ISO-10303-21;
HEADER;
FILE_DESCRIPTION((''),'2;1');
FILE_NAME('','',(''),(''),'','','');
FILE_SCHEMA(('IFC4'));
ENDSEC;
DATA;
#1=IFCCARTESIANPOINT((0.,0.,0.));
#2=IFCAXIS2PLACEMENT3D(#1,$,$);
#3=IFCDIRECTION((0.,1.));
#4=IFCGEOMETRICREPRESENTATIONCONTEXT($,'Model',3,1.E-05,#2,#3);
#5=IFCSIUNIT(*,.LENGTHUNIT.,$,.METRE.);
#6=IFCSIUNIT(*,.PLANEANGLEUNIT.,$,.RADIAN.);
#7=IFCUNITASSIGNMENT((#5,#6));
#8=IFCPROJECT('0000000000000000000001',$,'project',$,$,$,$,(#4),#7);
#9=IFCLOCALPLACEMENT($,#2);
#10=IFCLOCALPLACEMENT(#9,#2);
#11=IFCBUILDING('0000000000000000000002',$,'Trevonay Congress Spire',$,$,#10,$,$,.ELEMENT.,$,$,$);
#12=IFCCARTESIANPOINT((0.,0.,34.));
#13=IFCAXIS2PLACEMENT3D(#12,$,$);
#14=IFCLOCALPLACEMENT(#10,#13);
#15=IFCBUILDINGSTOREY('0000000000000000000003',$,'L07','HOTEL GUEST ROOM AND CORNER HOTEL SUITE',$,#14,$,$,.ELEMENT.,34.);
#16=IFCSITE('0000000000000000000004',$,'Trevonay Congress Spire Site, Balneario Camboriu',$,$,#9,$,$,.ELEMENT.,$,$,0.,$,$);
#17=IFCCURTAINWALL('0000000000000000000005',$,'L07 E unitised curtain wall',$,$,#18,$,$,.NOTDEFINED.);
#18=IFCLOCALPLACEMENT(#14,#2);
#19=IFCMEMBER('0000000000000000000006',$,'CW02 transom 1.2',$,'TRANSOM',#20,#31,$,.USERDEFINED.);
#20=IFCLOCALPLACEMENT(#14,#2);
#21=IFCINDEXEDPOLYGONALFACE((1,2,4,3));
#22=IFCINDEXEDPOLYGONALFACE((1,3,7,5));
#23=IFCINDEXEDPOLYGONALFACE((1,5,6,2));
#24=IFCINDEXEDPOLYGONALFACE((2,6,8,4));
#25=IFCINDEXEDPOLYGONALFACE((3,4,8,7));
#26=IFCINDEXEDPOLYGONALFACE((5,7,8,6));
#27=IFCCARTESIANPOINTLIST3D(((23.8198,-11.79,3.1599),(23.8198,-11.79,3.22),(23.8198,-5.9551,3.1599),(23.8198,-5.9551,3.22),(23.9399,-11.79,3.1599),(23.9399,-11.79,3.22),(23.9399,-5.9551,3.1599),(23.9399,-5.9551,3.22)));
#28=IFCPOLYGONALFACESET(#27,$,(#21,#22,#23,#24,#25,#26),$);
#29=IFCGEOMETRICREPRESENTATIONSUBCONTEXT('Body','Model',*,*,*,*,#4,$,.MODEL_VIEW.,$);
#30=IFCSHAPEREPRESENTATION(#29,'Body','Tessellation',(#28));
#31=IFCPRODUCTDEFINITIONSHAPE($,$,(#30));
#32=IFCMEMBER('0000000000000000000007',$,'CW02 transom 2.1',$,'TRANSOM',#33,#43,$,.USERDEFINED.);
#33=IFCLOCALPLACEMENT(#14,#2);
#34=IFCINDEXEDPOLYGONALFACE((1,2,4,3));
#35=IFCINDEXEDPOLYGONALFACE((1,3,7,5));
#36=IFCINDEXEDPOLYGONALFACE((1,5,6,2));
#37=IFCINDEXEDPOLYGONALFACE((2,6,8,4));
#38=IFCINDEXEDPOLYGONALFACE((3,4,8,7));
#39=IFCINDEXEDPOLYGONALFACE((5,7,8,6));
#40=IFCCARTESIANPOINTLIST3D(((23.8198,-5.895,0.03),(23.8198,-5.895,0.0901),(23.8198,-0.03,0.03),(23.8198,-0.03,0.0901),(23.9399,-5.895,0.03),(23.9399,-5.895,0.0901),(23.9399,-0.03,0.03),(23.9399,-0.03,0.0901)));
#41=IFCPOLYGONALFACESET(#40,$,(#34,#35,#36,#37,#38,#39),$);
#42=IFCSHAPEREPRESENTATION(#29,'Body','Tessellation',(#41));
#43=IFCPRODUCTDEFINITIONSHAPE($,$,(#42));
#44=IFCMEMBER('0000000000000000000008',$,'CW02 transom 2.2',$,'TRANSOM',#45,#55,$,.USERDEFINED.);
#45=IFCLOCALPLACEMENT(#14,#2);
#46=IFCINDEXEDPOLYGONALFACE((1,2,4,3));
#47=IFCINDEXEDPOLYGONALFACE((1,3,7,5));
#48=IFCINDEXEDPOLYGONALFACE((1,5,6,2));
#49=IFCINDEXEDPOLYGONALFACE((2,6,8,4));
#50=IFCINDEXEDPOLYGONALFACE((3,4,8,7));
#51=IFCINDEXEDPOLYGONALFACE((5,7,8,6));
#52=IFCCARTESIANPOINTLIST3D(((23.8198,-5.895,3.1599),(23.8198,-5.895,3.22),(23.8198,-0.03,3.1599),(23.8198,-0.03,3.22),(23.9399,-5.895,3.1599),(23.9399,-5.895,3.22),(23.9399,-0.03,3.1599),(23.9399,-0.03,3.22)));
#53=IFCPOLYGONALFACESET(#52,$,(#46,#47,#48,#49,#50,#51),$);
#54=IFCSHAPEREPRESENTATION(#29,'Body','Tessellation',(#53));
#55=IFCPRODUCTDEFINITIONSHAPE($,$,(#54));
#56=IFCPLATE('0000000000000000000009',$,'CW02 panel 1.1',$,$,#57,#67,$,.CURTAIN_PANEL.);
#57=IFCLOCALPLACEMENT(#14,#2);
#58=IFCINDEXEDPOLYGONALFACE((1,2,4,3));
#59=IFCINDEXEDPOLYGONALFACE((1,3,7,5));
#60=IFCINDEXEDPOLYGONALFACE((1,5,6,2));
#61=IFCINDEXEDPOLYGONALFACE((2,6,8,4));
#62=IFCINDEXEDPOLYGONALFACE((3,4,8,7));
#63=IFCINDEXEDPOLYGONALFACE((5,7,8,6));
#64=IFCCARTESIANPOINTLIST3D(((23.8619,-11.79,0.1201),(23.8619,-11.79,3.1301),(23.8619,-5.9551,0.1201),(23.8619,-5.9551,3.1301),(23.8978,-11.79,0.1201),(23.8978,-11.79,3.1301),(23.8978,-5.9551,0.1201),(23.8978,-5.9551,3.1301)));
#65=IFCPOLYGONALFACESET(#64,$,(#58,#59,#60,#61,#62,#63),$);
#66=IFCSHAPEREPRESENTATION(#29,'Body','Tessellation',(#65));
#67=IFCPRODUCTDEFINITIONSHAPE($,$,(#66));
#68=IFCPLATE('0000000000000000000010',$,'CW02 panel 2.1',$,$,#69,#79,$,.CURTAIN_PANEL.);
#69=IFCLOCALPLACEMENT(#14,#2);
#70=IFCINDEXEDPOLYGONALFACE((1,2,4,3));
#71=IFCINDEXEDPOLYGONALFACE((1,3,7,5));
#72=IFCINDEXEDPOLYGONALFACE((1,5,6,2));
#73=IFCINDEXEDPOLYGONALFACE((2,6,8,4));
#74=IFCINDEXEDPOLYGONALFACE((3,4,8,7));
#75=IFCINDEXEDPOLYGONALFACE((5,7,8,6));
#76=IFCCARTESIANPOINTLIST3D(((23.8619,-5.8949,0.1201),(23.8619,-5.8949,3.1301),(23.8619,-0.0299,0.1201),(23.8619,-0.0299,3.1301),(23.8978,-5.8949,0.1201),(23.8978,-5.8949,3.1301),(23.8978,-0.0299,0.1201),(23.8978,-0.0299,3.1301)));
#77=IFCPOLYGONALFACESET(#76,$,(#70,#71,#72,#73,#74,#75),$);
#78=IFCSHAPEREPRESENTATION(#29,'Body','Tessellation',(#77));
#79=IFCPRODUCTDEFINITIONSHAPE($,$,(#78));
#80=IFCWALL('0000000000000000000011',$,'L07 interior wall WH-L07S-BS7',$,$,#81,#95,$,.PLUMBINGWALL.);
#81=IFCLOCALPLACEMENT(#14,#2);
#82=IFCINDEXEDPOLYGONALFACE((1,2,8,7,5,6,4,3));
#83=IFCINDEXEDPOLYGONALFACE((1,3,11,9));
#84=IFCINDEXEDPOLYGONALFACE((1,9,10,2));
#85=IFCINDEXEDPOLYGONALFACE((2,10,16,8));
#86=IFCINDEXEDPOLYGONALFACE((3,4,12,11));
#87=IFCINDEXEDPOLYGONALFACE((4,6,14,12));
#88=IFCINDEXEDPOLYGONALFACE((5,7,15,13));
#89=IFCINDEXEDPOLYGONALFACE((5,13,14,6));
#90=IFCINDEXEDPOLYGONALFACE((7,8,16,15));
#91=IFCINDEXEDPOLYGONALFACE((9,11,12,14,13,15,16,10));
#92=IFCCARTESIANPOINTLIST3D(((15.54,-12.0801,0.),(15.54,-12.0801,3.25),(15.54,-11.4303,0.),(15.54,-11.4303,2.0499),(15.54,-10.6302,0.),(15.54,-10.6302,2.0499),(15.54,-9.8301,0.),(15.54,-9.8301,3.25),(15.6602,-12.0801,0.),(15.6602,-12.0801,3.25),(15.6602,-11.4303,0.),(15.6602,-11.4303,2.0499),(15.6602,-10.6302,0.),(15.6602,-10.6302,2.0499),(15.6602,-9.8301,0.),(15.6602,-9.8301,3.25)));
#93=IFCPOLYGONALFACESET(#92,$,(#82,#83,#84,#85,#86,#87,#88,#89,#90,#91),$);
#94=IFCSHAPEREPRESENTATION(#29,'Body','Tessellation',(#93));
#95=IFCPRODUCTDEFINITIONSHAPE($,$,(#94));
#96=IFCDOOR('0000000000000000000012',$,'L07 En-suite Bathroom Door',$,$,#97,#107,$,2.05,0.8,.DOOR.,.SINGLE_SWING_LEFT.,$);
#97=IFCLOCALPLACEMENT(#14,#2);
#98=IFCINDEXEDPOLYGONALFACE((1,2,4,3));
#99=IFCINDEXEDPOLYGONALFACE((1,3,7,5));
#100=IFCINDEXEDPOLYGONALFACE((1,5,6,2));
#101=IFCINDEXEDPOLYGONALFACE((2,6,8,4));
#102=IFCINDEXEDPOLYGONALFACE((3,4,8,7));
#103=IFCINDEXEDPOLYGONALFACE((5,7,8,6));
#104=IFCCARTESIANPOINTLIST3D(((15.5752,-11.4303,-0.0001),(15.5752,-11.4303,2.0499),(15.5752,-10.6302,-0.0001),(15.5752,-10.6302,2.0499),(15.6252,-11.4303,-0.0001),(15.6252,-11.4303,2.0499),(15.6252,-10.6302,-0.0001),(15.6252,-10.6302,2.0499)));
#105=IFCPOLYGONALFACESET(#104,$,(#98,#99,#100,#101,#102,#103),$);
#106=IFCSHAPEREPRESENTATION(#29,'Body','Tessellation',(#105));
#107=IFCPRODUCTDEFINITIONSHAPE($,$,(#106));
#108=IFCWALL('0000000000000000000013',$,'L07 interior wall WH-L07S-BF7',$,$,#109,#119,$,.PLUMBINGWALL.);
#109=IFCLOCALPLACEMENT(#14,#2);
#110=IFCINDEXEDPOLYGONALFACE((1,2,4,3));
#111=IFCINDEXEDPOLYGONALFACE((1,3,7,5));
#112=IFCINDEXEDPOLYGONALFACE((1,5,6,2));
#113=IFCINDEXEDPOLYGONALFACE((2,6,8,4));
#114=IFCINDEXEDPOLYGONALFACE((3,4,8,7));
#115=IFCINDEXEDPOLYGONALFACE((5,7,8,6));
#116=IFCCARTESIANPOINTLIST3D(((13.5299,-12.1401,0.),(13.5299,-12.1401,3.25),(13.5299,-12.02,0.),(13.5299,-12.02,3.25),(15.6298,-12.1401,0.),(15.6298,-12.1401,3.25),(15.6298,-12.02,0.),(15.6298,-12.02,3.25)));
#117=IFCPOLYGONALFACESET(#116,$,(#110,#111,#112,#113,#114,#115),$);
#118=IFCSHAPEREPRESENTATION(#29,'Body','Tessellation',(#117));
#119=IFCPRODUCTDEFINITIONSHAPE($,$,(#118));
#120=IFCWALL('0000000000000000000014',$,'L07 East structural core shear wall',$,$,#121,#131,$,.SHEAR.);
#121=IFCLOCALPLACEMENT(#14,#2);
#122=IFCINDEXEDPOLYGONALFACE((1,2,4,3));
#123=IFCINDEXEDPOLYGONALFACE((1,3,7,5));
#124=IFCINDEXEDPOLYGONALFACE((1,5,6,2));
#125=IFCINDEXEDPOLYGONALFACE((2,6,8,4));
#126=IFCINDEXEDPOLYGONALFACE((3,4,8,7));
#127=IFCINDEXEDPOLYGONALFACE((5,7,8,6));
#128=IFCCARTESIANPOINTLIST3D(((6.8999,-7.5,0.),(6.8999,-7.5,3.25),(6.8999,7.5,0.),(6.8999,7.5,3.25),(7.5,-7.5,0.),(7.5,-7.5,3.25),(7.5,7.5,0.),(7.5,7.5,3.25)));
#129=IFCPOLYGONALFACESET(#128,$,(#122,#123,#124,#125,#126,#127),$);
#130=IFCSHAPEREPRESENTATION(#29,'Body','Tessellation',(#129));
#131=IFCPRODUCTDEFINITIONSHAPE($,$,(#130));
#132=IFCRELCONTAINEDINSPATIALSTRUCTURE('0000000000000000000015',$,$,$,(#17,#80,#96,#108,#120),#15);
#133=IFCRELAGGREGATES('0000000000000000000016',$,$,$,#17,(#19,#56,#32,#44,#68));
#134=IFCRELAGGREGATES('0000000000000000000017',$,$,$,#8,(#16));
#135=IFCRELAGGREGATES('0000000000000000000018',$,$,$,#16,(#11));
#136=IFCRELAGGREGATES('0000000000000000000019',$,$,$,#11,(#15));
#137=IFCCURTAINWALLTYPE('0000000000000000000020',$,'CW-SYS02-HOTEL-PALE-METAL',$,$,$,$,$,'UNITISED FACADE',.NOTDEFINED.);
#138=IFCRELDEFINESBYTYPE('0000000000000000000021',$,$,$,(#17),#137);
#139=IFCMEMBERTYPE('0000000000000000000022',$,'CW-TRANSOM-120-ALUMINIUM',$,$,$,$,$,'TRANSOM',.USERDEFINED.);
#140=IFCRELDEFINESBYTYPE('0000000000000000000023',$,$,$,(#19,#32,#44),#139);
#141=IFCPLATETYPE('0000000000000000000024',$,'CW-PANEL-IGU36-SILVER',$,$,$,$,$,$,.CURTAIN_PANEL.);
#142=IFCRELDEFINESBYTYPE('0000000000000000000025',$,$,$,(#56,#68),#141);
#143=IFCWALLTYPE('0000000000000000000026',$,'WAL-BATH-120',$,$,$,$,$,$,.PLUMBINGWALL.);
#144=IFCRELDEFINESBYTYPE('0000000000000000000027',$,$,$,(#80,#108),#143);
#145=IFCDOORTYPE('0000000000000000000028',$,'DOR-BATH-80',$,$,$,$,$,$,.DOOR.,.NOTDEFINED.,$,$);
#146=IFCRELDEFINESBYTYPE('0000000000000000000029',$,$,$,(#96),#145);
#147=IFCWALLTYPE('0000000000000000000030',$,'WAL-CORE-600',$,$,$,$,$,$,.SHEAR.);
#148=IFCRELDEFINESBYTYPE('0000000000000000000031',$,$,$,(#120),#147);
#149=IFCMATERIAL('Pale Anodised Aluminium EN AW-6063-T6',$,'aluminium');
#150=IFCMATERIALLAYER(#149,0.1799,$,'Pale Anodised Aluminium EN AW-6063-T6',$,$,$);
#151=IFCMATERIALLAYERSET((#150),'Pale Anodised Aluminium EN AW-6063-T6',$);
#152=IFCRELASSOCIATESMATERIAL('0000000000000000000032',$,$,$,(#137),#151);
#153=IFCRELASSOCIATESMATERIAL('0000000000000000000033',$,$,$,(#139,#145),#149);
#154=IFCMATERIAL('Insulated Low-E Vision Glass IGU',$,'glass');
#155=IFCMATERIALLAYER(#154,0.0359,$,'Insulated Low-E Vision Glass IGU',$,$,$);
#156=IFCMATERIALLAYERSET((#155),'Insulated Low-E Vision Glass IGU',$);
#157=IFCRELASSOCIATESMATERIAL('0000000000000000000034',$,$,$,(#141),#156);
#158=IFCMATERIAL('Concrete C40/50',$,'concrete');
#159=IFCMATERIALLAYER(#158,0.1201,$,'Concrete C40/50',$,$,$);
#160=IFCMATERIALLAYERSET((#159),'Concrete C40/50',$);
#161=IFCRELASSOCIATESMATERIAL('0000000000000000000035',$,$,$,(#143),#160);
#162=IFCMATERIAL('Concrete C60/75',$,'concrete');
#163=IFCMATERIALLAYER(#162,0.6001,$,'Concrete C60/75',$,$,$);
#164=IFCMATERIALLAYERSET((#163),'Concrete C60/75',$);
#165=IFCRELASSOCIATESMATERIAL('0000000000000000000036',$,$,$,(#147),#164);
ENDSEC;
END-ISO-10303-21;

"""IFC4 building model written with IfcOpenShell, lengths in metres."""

from ifc_helpers import new_model, si_unit, direction, frame, frame_2d, origin, origin_2d, place, context, subcontext, project, spatial, rectangle, extrude, material, layer, layer_set, material_profile, profile_set, type_object, element, fill, aggregate, save


model = new_model("IFC4")

# Units and contexts
model_context = context("Model", 3, precision=1e-05, world=origin(), true_north=direction((0.0, 1.0)))
body_context = subcontext(model_context, "Body", "Model", "MODEL_VIEW")
ifc_project = project(units=[si_unit("LENGTHUNIT", "METRE"), si_unit("PLANEANGLEUNIT", "RADIAN")], contexts=[model_context])

# Site, building, storey
site_placement = place(None, origin())
site = spatial("IfcSite", under=ifc_project, at=site_placement, Name="Trevonay Congress Spire Site, Balneario Camboriu", CompositionType="ELEMENT", RefElevation=0.0)
building_placement = place(site_placement, origin())
building = spatial("IfcBuilding", under=site, at=building_placement, Name="Trevonay Congress Spire", CompositionType="ELEMENT")
storey_placement = place(building_placement, frame((0.0, 0.0, 34.0)))
storey = spatial("IfcBuildingStorey", under=building, at=storey_placement, Name="L07", Description="HOTEL GUEST ROOM AND CORNER HOTEL SUITE", CompositionType="ELEMENT", Elevation=34.0)

# Curtain wall, members, plates
ifc_material_1 = material(Name="Pale Anodised Aluminium EN AW-6063-T6", Category="aluminium")
ifc_layer_1 = layer(ifc_material_1, 0.1799, Name="Pale Anodised Aluminium EN AW-6063-T6")
ifc_layer_set_1 = layer_set([ifc_layer_1], Name="Pale Anodised Aluminium EN AW-6063-T6")
curtain_wall_type = type_object("IfcCurtainWallType", Name="CW-SYS02-HOTEL-PALE-METAL", ElementType="UNITISED FACADE", PredefinedType="NOTDEFINED", material=ifc_layer_set_1)
curtain_wall_placement = place(storey_placement, origin())
curtain_wall = element("IfcCurtainWall", 1, at=curtain_wall_placement, inside=storey, type_object=curtain_wall_type, Name="L07 E unitised curtain wall", PredefinedType="NOTDEFINED")
ifc_material_profile_1 = material_profile(ifc_material_1, rectangle(XDim=0.1201, YDim=0.0601, at=origin_2d()), Name="CW-TRANSOM-120-ALUMINIUM")
ifc_profile_set_1 = profile_set([ifc_material_profile_1], Name="Pale Anodised Aluminium EN AW-6063-T6")
member_type_1 = type_object("IfcMemberType", Name="CW-TRANSOM-120-ALUMINIUM", ElementType="TRANSOM", PredefinedType="USERDEFINED", material=ifc_profile_set_1)
member_1_placement = place(storey_placement, frame((23.8799, -11.79, 3.1899), z_axis=(0.0, 1.0, 0.0), x_axis=(-1.0, 0.0, 0.0)))
member_1 = element("IfcMember", 2, at=member_1_placement, type_object=member_type_1, Name="CW02 transom 1.2", ObjectType="TRANSOM", PredefinedType="USERDEFINED", context=body_context, shape_type="SweptSolid", body=[
    extrude(rectangle(XDim=0.1201, YDim=0.0601, at=origin_2d()), origin(), (0.0, 0.0, 1.0), 5.835),
])
member_2_placement = place(storey_placement, frame((23.8799, -5.895, 0.0601), z_axis=(0.0, 1.0, 0.0), x_axis=(-1.0, 0.0, 0.0)))
member_2 = element("IfcMember", 3, at=member_2_placement, type_object=member_type_1, Name="CW02 transom 2.1", ObjectType="TRANSOM", PredefinedType="USERDEFINED", context=body_context, shape_type="SweptSolid", body=[
    extrude(rectangle(XDim=0.1201, YDim=0.0601, at=origin_2d()), origin(), (0.0, 0.0, 1.0), 5.865),
])
member_3_placement = place(storey_placement, frame((23.8799, -5.895, 3.1899), z_axis=(0.0, 1.0, 0.0), x_axis=(-1.0, 0.0, 0.0)))
member_3 = element("IfcMember", 4, at=member_3_placement, type_object=member_type_1, Name="CW02 transom 2.2", ObjectType="TRANSOM", PredefinedType="USERDEFINED", context=body_context, shape_type="SweptSolid", body=[
    extrude(rectangle(XDim=0.1201, YDim=0.0601, at=origin_2d()), origin(), (0.0, 0.0, 1.0), 5.865),
])
ifc_material_2 = material(Name="Insulated Low-E Vision Glass IGU", Category="glass")
ifc_layer_2 = layer(ifc_material_2, 0.0359, Name="Insulated Low-E Vision Glass IGU")
ifc_layer_set_2 = layer_set([ifc_layer_2], Name="Insulated Low-E Vision Glass IGU")
plate_type = type_object("IfcPlateType", Name="CW-PANEL-IGU36-SILVER", PredefinedType="CURTAIN_PANEL", material=ifc_layer_set_2)
plate_1_placement = place(storey_placement, frame((23.8799, -8.8726, 0.1201), z_axis=(0.0, 0.0, 1.0), x_axis=(0.0, 1.0, 0.0)))
plate_1 = element("IfcPlate", 5, at=plate_1_placement, type_object=plate_type, Name="CW02 panel 1.1", PredefinedType="CURTAIN_PANEL", context=body_context, shape_type="SweptSolid", body=[
    extrude(rectangle(XDim=5.835, YDim=0.0359, at=origin_2d()), origin(), (0.0, 0.0, 1.0), 3.01),
])
plate_2_placement = place(storey_placement, frame((23.8799, -2.9624, 0.1201), z_axis=(0.0, 0.0, 1.0), x_axis=(0.0, 1.0, 0.0)))
plate_2 = element("IfcPlate", 6, at=plate_2_placement, type_object=plate_type, Name="CW02 panel 2.1", PredefinedType="CURTAIN_PANEL", context=body_context, shape_type="SweptSolid", body=[
    extrude(rectangle(XDim=5.865, YDim=0.0359, at=origin_2d()), origin(), (0.0, 0.0, 1.0), 3.01),
])
aggregate(curtain_wall, [member_1, plate_1, member_2, member_3, plate_2])

# Wall, opening, door
ifc_material_3 = material(Name="Concrete C40/50", Category="concrete")
ifc_layer_3 = layer(ifc_material_3, 0.1201, Name="Concrete C40/50")
ifc_layer_set_3 = layer_set([ifc_layer_3], Name="Concrete C40/50")
wall_type_1 = type_object("IfcWallType", Name="WAL-BATH-120", PredefinedType="PLUMBINGWALL", material=ifc_layer_set_3)
wall_1_placement = place(storey_placement, frame((15.6001, -12.0801, 0.0), z_axis=(0.0, 0.0, 1.0), x_axis=(0.0, 1.0, 0.0)))
wall_1 = element("IfcWall", 7, at=wall_1_placement, inside=storey, type_object=wall_type_1, Name="L07 interior wall WH-L07S-BS7", PredefinedType="PLUMBINGWALL", context=body_context, shape_type="SweptSolid", body=[
    extrude(rectangle(XDim=2.25, YDim=0.1201, at=frame_2d((1.125, 0.0))), origin(), (0.0, 0.0, 1.0), 3.25),
])
opening_1_placement = place(wall_1_placement, frame((0.6499, 0.0, 0.0)))
opening_1 = element("IfcOpeningElement", 8, at=opening_1_placement, cuts=wall_1, PredefinedType="OPENING", context=body_context, shape_type="SweptSolid", body=[
    extrude(rectangle(XDim=0.8, YDim=2.05, at=frame_2d((0.3999, 1.0249))), frame((0.0, 0.0701, 0.0), z_axis=(0.0, -1.0, 0.0), x_axis=(1.0, 0.0, 0.0)), (0.0, 0.0, 1.0), 0.1401),
])
door_type_1 = type_object("IfcDoorType", Name="DOR-BATH-80", OperationType="NOTDEFINED", PredefinedType="DOOR", material=ifc_material_1)
door_1_placement = place(opening_1_placement, origin())
door_1 = element("IfcDoor", 9, at=door_1_placement, inside=storey, type_object=door_type_1, Name="L07 En-suite Bathroom Door", OperationType="SINGLE_SWING_LEFT", OverallHeight=2.05, OverallWidth=0.8, PredefinedType="DOOR", context=body_context, shape_type="SweptSolid", body=[
    extrude(rectangle(XDim=0.8, YDim=2.05, at=frame_2d((0.3999, 1.0249))), frame((0.0, 0.0249, 0.0), z_axis=(0.0, -1.0, 0.0), x_axis=(1.0, 0.0, 0.0)), (0.0, 0.0, 1.0), 0.05),
])
fill(opening_1, door_1)

# Walls
wall_2_placement = place(storey_placement, frame((13.53, -12.0801, 0.0), z_axis=(0.0, 0.0, 1.0), x_axis=(1.0, 0.0, 0.0)))
element("IfcWall", 10, at=wall_2_placement, inside=storey, type_object=wall_type_1, Name="L07 interior wall WH-L07S-BF7", PredefinedType="PLUMBINGWALL", context=body_context, shape_type="SweptSolid", body=[
    extrude(rectangle(XDim=2.0999, YDim=0.1201, at=frame_2d((1.0498, 0.0))), origin(), (0.0, 0.0, 1.0), 3.25),
])
ifc_material_4 = material(Name="Concrete C60/75", Category="concrete")
ifc_layer_4 = layer(ifc_material_4, 0.6001, Name="Concrete C60/75")
ifc_layer_set_4 = layer_set([ifc_layer_4], Name="Concrete C60/75")
wall_type_2 = type_object("IfcWallType", Name="WAL-CORE-600", PredefinedType="SHEAR", material=ifc_layer_set_4)
wall_3_placement = place(storey_placement, frame((7.2, -7.5, 0.0), z_axis=(0.0, 0.0, 1.0), x_axis=(0.0, 1.0, 0.0)))
element("IfcWall", 11, at=wall_3_placement, inside=storey, type_object=wall_type_2, Name="L07 East structural core shear wall", PredefinedType="SHEAR", context=body_context, shape_type="SweptSolid", body=[
    extrude(rectangle(XDim=15.0, YDim=0.6001, at=frame_2d((7.5, 0.0))), origin(), (0.0, 0.0, 1.0), 3.25),
])

save(model, "model.ifc")
